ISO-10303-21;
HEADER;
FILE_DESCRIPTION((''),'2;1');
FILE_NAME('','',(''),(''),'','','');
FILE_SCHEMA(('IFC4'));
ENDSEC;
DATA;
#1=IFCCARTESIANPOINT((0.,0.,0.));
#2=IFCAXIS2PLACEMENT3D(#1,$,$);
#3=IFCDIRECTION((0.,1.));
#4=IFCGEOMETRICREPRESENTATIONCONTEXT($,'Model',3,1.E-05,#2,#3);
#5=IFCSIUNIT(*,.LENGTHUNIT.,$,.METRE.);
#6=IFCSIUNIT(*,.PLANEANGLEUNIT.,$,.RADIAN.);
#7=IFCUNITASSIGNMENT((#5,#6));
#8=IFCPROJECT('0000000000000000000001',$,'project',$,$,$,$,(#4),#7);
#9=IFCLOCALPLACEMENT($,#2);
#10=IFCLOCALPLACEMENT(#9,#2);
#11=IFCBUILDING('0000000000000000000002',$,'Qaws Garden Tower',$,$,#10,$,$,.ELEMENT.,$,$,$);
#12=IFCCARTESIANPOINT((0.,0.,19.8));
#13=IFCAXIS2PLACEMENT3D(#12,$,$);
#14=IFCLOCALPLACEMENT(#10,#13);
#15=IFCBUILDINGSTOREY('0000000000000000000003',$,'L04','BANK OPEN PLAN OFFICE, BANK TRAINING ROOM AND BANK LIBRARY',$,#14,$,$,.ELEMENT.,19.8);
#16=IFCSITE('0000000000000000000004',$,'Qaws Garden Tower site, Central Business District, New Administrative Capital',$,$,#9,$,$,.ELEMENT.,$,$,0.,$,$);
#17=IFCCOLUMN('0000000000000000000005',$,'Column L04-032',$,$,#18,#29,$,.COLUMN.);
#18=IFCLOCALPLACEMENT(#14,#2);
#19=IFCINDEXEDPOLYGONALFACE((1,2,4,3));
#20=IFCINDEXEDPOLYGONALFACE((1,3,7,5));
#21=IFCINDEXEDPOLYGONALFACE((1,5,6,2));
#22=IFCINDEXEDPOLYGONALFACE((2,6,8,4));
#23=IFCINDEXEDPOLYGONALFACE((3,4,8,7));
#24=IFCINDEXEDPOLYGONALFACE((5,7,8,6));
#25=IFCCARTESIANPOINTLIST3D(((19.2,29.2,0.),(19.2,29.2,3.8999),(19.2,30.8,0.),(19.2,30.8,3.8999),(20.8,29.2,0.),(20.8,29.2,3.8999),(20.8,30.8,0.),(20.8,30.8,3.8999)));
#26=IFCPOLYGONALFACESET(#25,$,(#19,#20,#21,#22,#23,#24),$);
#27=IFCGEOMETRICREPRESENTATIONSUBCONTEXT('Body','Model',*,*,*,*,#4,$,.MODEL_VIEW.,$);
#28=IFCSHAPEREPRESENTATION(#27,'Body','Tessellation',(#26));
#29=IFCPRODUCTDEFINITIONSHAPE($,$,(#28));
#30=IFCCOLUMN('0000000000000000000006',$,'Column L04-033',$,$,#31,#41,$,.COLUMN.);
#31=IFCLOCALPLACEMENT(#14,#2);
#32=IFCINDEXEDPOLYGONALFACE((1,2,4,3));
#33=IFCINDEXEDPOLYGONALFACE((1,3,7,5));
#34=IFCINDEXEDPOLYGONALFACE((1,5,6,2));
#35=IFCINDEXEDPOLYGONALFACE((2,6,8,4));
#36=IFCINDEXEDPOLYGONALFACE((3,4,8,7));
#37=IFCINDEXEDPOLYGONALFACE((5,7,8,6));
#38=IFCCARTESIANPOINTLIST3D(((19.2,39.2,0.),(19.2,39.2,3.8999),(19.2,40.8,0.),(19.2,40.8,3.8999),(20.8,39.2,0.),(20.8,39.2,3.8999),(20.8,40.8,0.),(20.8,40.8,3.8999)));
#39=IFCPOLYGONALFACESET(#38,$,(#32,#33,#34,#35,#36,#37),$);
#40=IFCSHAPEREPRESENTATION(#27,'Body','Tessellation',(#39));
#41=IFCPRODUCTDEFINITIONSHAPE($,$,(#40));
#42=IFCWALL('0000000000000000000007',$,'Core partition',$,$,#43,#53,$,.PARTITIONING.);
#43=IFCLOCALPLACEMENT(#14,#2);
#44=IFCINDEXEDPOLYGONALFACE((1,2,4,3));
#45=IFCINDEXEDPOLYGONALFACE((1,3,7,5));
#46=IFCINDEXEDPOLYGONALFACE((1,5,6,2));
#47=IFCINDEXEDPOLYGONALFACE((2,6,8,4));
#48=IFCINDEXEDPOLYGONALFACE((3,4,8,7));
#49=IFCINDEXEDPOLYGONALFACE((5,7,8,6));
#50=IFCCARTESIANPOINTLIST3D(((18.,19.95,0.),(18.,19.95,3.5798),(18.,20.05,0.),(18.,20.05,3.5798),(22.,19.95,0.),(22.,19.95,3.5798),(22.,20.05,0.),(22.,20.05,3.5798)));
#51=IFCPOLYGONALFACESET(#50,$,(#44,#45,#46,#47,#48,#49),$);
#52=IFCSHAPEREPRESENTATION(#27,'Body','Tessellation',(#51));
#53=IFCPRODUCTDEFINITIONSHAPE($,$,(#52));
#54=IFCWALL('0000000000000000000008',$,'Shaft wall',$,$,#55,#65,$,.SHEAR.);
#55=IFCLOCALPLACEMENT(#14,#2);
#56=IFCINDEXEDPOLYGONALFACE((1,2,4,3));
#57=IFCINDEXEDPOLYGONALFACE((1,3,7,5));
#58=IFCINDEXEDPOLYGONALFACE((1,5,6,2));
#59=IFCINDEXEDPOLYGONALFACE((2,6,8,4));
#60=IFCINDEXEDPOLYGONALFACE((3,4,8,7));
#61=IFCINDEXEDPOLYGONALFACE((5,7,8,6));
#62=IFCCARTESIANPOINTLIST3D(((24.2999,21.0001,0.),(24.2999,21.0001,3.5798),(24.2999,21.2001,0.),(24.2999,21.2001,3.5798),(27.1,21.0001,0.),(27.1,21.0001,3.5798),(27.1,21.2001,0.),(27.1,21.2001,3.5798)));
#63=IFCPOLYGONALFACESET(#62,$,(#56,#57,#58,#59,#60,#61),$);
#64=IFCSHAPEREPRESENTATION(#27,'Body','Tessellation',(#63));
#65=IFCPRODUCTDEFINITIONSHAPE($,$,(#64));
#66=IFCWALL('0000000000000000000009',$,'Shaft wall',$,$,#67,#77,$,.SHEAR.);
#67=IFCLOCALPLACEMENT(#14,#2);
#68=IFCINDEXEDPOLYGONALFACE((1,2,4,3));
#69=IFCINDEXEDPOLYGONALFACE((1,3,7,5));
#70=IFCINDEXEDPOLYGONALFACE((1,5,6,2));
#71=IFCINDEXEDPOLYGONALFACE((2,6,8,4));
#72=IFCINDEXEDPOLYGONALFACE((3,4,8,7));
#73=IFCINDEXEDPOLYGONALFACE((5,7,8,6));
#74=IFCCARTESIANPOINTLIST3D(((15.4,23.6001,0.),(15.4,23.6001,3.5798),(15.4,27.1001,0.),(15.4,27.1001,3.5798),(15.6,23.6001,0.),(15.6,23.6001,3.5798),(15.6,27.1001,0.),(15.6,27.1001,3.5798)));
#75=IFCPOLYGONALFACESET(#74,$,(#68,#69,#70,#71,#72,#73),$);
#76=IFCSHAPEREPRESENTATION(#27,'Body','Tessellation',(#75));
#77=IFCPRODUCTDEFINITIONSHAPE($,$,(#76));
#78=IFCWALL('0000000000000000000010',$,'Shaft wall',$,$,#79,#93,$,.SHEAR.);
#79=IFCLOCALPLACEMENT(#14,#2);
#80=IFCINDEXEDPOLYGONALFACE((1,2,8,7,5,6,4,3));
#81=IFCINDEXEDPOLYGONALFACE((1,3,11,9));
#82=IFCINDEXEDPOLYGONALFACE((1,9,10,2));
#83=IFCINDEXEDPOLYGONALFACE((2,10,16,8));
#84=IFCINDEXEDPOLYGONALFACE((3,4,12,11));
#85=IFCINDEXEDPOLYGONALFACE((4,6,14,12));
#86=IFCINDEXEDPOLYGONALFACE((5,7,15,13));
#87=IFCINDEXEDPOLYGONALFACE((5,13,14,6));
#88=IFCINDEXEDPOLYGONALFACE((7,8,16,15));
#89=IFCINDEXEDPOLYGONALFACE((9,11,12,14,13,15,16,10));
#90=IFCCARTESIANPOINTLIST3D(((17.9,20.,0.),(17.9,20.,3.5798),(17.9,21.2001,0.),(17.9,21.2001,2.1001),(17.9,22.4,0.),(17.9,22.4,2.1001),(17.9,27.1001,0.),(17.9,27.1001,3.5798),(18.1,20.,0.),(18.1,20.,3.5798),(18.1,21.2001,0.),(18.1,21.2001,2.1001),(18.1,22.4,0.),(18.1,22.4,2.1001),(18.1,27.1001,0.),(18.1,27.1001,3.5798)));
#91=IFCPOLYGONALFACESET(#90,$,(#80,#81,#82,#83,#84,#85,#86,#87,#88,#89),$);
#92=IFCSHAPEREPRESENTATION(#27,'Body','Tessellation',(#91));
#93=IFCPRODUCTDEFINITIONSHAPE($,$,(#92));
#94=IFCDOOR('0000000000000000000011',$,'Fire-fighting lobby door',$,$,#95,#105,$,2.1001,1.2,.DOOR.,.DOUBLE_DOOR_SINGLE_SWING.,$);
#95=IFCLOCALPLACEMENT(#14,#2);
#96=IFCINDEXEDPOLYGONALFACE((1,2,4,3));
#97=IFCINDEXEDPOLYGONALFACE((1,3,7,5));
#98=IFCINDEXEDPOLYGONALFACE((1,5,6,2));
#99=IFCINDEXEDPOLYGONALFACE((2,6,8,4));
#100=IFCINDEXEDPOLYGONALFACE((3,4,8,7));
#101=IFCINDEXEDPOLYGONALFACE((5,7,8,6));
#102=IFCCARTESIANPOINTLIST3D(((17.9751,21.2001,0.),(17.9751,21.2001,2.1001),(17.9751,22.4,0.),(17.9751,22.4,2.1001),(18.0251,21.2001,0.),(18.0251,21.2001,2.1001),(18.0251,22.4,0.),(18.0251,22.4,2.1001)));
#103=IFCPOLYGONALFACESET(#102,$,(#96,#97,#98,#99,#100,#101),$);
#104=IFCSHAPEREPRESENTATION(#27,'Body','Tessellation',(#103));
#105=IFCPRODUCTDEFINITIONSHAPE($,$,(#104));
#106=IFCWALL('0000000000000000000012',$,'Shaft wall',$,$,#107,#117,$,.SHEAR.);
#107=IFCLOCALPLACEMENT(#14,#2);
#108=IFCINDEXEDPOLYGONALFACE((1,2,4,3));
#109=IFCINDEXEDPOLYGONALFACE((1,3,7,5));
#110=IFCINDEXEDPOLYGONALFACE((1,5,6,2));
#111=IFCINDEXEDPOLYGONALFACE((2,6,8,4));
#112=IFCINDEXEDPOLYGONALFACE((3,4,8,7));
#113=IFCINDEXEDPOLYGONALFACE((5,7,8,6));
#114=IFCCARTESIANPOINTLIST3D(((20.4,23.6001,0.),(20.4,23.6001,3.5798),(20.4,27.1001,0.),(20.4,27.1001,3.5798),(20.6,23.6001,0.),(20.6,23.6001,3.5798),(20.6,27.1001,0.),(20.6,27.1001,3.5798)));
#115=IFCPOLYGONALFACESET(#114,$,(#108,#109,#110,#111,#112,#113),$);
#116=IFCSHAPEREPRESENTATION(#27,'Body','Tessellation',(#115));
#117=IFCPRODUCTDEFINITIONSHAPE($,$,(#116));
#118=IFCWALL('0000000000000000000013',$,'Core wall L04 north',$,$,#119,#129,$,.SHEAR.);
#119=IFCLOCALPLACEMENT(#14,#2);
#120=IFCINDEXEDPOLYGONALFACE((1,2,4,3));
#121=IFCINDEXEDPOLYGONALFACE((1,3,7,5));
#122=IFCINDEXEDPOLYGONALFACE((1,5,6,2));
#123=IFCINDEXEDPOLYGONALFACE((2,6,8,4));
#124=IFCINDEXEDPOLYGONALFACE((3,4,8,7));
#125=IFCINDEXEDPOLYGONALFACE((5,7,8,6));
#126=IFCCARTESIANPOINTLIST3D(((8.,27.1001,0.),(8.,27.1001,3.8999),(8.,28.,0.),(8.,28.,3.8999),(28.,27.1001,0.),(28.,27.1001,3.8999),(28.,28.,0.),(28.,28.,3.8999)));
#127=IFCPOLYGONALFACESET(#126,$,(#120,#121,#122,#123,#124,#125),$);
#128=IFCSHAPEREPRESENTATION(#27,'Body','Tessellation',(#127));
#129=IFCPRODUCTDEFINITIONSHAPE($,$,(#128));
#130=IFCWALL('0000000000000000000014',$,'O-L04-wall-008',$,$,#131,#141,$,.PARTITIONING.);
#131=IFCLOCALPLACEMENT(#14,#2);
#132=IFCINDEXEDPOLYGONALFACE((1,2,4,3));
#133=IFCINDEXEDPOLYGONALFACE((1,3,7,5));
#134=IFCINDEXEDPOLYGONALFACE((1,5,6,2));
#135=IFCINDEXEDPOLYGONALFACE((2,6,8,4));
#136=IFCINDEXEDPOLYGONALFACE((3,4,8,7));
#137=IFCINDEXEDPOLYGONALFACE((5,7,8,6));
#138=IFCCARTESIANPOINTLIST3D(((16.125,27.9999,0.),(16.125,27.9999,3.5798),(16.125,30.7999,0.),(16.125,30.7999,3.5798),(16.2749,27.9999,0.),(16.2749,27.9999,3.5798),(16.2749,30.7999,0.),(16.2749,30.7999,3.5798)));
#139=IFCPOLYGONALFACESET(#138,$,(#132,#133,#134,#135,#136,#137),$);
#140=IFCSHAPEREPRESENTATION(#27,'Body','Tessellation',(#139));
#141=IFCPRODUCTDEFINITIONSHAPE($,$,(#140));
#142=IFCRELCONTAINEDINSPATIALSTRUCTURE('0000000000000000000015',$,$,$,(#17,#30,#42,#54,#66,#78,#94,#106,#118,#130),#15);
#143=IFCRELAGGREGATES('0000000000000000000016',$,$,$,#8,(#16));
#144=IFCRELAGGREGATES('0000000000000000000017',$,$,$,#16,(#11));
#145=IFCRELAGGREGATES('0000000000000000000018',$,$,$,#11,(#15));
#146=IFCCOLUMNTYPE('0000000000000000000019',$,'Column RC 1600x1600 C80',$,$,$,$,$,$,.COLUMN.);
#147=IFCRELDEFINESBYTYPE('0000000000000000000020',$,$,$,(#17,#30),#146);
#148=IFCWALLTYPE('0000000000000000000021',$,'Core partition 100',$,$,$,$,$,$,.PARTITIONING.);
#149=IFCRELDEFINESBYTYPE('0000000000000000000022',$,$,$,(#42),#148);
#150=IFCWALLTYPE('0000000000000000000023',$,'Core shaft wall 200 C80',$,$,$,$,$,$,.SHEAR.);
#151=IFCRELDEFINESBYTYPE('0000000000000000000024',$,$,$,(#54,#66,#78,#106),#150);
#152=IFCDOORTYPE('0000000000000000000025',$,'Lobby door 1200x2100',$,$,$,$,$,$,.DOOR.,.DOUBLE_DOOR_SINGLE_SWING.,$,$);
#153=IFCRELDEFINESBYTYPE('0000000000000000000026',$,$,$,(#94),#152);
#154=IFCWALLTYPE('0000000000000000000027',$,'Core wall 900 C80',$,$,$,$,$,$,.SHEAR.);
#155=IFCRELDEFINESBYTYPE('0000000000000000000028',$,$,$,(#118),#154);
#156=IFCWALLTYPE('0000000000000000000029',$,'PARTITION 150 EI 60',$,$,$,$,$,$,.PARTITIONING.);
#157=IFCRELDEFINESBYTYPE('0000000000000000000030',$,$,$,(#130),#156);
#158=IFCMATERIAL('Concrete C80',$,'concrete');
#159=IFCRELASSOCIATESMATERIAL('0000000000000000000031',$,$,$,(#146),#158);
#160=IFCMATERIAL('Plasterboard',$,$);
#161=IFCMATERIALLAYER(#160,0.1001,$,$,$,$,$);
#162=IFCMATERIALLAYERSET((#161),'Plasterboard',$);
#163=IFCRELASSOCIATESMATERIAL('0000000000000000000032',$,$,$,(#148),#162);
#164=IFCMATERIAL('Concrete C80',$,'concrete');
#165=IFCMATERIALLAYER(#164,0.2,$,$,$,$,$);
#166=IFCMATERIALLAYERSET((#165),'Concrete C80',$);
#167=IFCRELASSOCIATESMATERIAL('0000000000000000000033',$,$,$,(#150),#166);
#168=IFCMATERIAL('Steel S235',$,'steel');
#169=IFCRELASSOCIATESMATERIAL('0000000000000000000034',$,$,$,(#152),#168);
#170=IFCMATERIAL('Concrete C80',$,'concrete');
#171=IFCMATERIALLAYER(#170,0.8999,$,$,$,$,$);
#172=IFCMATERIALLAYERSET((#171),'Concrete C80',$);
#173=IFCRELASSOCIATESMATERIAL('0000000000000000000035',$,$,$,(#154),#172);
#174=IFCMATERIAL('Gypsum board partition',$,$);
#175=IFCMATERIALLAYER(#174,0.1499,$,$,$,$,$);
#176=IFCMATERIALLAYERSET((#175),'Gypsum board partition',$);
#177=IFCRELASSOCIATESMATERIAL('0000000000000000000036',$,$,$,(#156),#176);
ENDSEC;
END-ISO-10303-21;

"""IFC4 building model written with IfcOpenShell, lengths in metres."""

from ifc_helpers import new_model, si_unit, direction, frame, frame_2d, origin, origin_2d, place, context, subcontext, project, spatial, rectangle, extrude, material, layer, layer_set, material_profile, profile_set, type_object, element, fill, save


model = new_model("IFC4")

# Units and contexts
model_context = context("Model", 3, precision=1e-05, world=origin(), true_north=direction((0.0, 1.0)))
body_context = subcontext(model_context, "Body", "Model", "MODEL_VIEW")
ifc_project = project(units=[si_unit("LENGTHUNIT", "METRE"), si_unit("PLANEANGLEUNIT", "RADIAN")], contexts=[model_context])

# Site, building, storey
site_placement = place(None, origin())
site = spatial("IfcSite", under=ifc_project, at=site_placement, Name="Qaws Garden Tower site, Central Business District, New Administrative Capital", CompositionType="ELEMENT", RefElevation=0.0)
building_placement = place(site_placement, origin())
building = spatial("IfcBuilding", under=site, at=building_placement, Name="Qaws Garden Tower", CompositionType="ELEMENT")
storey_placement = place(building_placement, frame((0.0, 0.0, 19.8)))
storey = spatial("IfcBuildingStorey", under=building, at=storey_placement, Name="L04", Description="BANK OPEN PLAN OFFICE, BANK TRAINING ROOM AND BANK LIBRARY", CompositionType="ELEMENT", Elevation=19.8)

# Columns
ifc_material_1 = material(Name="Concrete C80", Category="concrete")
ifc_material_profile = material_profile(ifc_material_1, rectangle(XDim=1.6001, YDim=1.6001, at=origin_2d()), Name="RC 1600x1600")
ifc_profile_set = profile_set([ifc_material_profile], Name="Concrete C80")
column_type = type_object("IfcColumnType", Name="Column RC 1600x1600 C80", PredefinedType="COLUMN", material=ifc_profile_set)
for number, where, z_axis, x_axis, name in (
    (1, (20.0, 30.0, 0.0), (0.0, 0.0, 1.0), (1.0, 0.0, 0.0), "Column L04-032"),
    (2, (20.0, 40.0, 0.0), (0.0, 0.0, 1.0), (1.0, 0.0, 0.0), "Column L04-033"),
):
    element("IfcColumn", number, at=place(storey_placement, frame(where, z_axis=z_axis, x_axis=x_axis)), inside=storey, type_object=column_type, Name=name, PredefinedType="COLUMN", context=body_context, shape_type="SweptSolid", body=[
        extrude(rectangle(XDim=1.6001, YDim=1.6001, at=origin_2d()), origin(), (0.0, 0.0, 1.0), 3.8999),
    ])

# Walls
ifc_material_2 = material(Name="Plasterboard")
ifc_layer_1 = layer(ifc_material_2, 0.1001)
ifc_layer_set_1 = layer_set([ifc_layer_1], Name="Plasterboard")
wall_type_1 = type_object("IfcWallType", Name="Core partition 100", PredefinedType="PARTITIONING", material=ifc_layer_set_1)
wall_1_placement = place(storey_placement, frame((18.0, 20.0, 0.0), z_axis=(0.0, 0.0, 1.0), x_axis=(1.0, 0.0, 0.0)))
element("IfcWall", 3, at=wall_1_placement, inside=storey, type_object=wall_type_1, Name="Core partition", PredefinedType="PARTITIONING", context=body_context, shape_type="SweptSolid", body=[
    extrude(rectangle(XDim=4.0, YDim=0.1001, at=frame_2d((2.0, 0.0))), origin(), (0.0, 0.0, 1.0), 3.5798),
])
ifc_material_3 = material(Name="Concrete C80", Category="concrete")
ifc_layer_2 = layer(ifc_material_3, 0.2)
ifc_layer_set_2 = layer_set([ifc_layer_2], Name="Concrete C80")
wall_type_2 = type_object("IfcWallType", Name="Core shaft wall 200 C80", PredefinedType="SHEAR", material=ifc_layer_set_2)
wall_2_placement = place(storey_placement, frame((24.3, 21.1001, 0.0), z_axis=(0.0, 0.0, 1.0), x_axis=(1.0, 0.0, 0.0)))
element("IfcWall", 4, at=wall_2_placement, inside=storey, type_object=wall_type_2, Name="Shaft wall", PredefinedType="SHEAR", context=body_context, shape_type="SweptSolid", body=[
    extrude(rectangle(XDim=2.8, YDim=0.2, at=frame_2d((1.3999, 0.0))), origin(), (0.0, 0.0, 1.0), 3.5798),
])
wall_3_placement = place(storey_placement, frame((15.5, 23.6001, 0.0), z_axis=(0.0, 0.0, 1.0), x_axis=(0.0, 1.0, 0.0)))
element("IfcWall", 5, at=wall_3_placement, inside=storey, type_object=wall_type_2, Name="Shaft wall", PredefinedType="SHEAR", context=body_context, shape_type="SweptSolid", body=[
    extrude(rectangle(XDim=3.5, YDim=0.2, at=frame_2d((1.75, 0.0))), origin(), (0.0, 0.0, 1.0), 3.5798),
])

# Wall, opening, door
wall_4_placement = place(storey_placement, frame((18.0, 20.0, 0.0), z_axis=(0.0, 0.0, 1.0), x_axis=(0.0, 1.0, 0.0)))
wall_4 = element("IfcWall", 6, at=wall_4_placement, inside=storey, type_object=wall_type_2, Name="Shaft wall", PredefinedType="SHEAR", context=body_context, shape_type="SweptSolid", body=[
    extrude(rectangle(XDim=7.1001, YDim=0.2, at=frame_2d((3.55, 0.0))), origin(), (0.0, 0.0, 1.0), 3.5798),
])
opening_1_placement = place(wall_4_placement, frame((1.2, 0.0, 0.0)))
opening_1 = element("IfcOpeningElement", 7, at=opening_1_placement, cuts=wall_4, PredefinedType="OPENING", context=body_context, shape_type="SweptSolid", body=[
    extrude(rectangle(XDim=1.2, YDim=2.1001, at=frame_2d((0.6001, 1.05))), frame((0.0, 0.1099, 0.0), z_axis=(0.0, -1.0, 0.0), x_axis=(1.0, 0.0, 0.0)), (0.0, 0.0, 1.0), 0.22),
])
ifc_material_4 = material(Name="Steel S235", Category="steel")
door_type_1 = type_object("IfcDoorType", Name="Lobby door 1200x2100", OperationType="DOUBLE_DOOR_SINGLE_SWING", PredefinedType="DOOR", material=ifc_material_4)
door_1_placement = place(opening_1_placement, origin())
door_1 = element("IfcDoor", 8, at=door_1_placement, inside=storey, type_object=door_type_1, Name="Fire-fighting lobby door", OperationType="DOUBLE_DOOR_SINGLE_SWING", OverallHeight=2.1001, OverallWidth=1.2, PredefinedType="DOOR", context=body_context, shape_type="SweptSolid", body=[
    extrude(rectangle(XDim=1.2, YDim=2.1001, at=frame_2d((0.6001, 1.05))), frame((0.0, 0.0249, 0.0), z_axis=(0.0, -1.0, 0.0), x_axis=(1.0, 0.0, 0.0)), (0.0, 0.0, 1.0), 0.05),
])
fill(opening_1, door_1)

# Walls
wall_5_placement = place(storey_placement, frame((20.5, 23.6001, 0.0), z_axis=(0.0, 0.0, 1.0), x_axis=(0.0, 1.0, 0.0)))
element("IfcWall", 9, at=wall_5_placement, inside=storey, type_object=wall_type_2, Name="Shaft wall", PredefinedType="SHEAR", context=body_context, shape_type="SweptSolid", body=[
    extrude(rectangle(XDim=3.5, YDim=0.2, at=frame_2d((1.75, 0.0))), origin(), (0.0, 0.0, 1.0), 3.5798),
])
ifc_material_5 = material(Name="Concrete C80", Category="concrete")
ifc_layer_3 = layer(ifc_material_5, 0.8999)
ifc_layer_set_3 = layer_set([ifc_layer_3], Name="Concrete C80")
wall_type_3 = type_object("IfcWallType", Name="Core wall 900 C80", PredefinedType="SHEAR", material=ifc_layer_set_3)
wall_6_placement = place(storey_placement, frame((28.0, 27.55, 0.0), z_axis=(0.0, 0.0, 1.0), x_axis=(-1.0, 0.0, 0.0)))
element("IfcWall", 10, at=wall_6_placement, inside=storey, type_object=wall_type_3, Name="Core wall L04 north", PredefinedType="SHEAR", context=body_context, shape_type="SweptSolid", body=[
    extrude(rectangle(XDim=20.0, YDim=0.8999, at=frame_2d((10.0, 0.0))), origin(), (0.0, 0.0, 1.0), 3.8999),
])
ifc_material_6 = material(Name="Gypsum board partition")
ifc_layer_4 = layer(ifc_material_6, 0.1499)
ifc_layer_set_4 = layer_set([ifc_layer_4], Name="Gypsum board partition")
wall_type_4 = type_object("IfcWallType", Name="PARTITION 150 EI 60", PredefinedType="PARTITIONING", material=ifc_layer_set_4)
wall_7_placement = place(storey_placement, frame((16.2, 28.0, 0.0), z_axis=(0.0, 0.0, 1.0), x_axis=(0.0, 1.0, 0.0)))
element("IfcWall", 11, at=wall_7_placement, inside=storey, type_object=wall_type_4, Name="O-L04-wall-008", PredefinedType="PARTITIONING", context=body_context, shape_type="SweptSolid", body=[
    extrude(rectangle(XDim=2.8, YDim=0.1499, at=frame_2d((1.3999, 0.0))), origin(), (0.0, 0.0, 1.0), 3.5798),
])

save(model, "model.ifc")
